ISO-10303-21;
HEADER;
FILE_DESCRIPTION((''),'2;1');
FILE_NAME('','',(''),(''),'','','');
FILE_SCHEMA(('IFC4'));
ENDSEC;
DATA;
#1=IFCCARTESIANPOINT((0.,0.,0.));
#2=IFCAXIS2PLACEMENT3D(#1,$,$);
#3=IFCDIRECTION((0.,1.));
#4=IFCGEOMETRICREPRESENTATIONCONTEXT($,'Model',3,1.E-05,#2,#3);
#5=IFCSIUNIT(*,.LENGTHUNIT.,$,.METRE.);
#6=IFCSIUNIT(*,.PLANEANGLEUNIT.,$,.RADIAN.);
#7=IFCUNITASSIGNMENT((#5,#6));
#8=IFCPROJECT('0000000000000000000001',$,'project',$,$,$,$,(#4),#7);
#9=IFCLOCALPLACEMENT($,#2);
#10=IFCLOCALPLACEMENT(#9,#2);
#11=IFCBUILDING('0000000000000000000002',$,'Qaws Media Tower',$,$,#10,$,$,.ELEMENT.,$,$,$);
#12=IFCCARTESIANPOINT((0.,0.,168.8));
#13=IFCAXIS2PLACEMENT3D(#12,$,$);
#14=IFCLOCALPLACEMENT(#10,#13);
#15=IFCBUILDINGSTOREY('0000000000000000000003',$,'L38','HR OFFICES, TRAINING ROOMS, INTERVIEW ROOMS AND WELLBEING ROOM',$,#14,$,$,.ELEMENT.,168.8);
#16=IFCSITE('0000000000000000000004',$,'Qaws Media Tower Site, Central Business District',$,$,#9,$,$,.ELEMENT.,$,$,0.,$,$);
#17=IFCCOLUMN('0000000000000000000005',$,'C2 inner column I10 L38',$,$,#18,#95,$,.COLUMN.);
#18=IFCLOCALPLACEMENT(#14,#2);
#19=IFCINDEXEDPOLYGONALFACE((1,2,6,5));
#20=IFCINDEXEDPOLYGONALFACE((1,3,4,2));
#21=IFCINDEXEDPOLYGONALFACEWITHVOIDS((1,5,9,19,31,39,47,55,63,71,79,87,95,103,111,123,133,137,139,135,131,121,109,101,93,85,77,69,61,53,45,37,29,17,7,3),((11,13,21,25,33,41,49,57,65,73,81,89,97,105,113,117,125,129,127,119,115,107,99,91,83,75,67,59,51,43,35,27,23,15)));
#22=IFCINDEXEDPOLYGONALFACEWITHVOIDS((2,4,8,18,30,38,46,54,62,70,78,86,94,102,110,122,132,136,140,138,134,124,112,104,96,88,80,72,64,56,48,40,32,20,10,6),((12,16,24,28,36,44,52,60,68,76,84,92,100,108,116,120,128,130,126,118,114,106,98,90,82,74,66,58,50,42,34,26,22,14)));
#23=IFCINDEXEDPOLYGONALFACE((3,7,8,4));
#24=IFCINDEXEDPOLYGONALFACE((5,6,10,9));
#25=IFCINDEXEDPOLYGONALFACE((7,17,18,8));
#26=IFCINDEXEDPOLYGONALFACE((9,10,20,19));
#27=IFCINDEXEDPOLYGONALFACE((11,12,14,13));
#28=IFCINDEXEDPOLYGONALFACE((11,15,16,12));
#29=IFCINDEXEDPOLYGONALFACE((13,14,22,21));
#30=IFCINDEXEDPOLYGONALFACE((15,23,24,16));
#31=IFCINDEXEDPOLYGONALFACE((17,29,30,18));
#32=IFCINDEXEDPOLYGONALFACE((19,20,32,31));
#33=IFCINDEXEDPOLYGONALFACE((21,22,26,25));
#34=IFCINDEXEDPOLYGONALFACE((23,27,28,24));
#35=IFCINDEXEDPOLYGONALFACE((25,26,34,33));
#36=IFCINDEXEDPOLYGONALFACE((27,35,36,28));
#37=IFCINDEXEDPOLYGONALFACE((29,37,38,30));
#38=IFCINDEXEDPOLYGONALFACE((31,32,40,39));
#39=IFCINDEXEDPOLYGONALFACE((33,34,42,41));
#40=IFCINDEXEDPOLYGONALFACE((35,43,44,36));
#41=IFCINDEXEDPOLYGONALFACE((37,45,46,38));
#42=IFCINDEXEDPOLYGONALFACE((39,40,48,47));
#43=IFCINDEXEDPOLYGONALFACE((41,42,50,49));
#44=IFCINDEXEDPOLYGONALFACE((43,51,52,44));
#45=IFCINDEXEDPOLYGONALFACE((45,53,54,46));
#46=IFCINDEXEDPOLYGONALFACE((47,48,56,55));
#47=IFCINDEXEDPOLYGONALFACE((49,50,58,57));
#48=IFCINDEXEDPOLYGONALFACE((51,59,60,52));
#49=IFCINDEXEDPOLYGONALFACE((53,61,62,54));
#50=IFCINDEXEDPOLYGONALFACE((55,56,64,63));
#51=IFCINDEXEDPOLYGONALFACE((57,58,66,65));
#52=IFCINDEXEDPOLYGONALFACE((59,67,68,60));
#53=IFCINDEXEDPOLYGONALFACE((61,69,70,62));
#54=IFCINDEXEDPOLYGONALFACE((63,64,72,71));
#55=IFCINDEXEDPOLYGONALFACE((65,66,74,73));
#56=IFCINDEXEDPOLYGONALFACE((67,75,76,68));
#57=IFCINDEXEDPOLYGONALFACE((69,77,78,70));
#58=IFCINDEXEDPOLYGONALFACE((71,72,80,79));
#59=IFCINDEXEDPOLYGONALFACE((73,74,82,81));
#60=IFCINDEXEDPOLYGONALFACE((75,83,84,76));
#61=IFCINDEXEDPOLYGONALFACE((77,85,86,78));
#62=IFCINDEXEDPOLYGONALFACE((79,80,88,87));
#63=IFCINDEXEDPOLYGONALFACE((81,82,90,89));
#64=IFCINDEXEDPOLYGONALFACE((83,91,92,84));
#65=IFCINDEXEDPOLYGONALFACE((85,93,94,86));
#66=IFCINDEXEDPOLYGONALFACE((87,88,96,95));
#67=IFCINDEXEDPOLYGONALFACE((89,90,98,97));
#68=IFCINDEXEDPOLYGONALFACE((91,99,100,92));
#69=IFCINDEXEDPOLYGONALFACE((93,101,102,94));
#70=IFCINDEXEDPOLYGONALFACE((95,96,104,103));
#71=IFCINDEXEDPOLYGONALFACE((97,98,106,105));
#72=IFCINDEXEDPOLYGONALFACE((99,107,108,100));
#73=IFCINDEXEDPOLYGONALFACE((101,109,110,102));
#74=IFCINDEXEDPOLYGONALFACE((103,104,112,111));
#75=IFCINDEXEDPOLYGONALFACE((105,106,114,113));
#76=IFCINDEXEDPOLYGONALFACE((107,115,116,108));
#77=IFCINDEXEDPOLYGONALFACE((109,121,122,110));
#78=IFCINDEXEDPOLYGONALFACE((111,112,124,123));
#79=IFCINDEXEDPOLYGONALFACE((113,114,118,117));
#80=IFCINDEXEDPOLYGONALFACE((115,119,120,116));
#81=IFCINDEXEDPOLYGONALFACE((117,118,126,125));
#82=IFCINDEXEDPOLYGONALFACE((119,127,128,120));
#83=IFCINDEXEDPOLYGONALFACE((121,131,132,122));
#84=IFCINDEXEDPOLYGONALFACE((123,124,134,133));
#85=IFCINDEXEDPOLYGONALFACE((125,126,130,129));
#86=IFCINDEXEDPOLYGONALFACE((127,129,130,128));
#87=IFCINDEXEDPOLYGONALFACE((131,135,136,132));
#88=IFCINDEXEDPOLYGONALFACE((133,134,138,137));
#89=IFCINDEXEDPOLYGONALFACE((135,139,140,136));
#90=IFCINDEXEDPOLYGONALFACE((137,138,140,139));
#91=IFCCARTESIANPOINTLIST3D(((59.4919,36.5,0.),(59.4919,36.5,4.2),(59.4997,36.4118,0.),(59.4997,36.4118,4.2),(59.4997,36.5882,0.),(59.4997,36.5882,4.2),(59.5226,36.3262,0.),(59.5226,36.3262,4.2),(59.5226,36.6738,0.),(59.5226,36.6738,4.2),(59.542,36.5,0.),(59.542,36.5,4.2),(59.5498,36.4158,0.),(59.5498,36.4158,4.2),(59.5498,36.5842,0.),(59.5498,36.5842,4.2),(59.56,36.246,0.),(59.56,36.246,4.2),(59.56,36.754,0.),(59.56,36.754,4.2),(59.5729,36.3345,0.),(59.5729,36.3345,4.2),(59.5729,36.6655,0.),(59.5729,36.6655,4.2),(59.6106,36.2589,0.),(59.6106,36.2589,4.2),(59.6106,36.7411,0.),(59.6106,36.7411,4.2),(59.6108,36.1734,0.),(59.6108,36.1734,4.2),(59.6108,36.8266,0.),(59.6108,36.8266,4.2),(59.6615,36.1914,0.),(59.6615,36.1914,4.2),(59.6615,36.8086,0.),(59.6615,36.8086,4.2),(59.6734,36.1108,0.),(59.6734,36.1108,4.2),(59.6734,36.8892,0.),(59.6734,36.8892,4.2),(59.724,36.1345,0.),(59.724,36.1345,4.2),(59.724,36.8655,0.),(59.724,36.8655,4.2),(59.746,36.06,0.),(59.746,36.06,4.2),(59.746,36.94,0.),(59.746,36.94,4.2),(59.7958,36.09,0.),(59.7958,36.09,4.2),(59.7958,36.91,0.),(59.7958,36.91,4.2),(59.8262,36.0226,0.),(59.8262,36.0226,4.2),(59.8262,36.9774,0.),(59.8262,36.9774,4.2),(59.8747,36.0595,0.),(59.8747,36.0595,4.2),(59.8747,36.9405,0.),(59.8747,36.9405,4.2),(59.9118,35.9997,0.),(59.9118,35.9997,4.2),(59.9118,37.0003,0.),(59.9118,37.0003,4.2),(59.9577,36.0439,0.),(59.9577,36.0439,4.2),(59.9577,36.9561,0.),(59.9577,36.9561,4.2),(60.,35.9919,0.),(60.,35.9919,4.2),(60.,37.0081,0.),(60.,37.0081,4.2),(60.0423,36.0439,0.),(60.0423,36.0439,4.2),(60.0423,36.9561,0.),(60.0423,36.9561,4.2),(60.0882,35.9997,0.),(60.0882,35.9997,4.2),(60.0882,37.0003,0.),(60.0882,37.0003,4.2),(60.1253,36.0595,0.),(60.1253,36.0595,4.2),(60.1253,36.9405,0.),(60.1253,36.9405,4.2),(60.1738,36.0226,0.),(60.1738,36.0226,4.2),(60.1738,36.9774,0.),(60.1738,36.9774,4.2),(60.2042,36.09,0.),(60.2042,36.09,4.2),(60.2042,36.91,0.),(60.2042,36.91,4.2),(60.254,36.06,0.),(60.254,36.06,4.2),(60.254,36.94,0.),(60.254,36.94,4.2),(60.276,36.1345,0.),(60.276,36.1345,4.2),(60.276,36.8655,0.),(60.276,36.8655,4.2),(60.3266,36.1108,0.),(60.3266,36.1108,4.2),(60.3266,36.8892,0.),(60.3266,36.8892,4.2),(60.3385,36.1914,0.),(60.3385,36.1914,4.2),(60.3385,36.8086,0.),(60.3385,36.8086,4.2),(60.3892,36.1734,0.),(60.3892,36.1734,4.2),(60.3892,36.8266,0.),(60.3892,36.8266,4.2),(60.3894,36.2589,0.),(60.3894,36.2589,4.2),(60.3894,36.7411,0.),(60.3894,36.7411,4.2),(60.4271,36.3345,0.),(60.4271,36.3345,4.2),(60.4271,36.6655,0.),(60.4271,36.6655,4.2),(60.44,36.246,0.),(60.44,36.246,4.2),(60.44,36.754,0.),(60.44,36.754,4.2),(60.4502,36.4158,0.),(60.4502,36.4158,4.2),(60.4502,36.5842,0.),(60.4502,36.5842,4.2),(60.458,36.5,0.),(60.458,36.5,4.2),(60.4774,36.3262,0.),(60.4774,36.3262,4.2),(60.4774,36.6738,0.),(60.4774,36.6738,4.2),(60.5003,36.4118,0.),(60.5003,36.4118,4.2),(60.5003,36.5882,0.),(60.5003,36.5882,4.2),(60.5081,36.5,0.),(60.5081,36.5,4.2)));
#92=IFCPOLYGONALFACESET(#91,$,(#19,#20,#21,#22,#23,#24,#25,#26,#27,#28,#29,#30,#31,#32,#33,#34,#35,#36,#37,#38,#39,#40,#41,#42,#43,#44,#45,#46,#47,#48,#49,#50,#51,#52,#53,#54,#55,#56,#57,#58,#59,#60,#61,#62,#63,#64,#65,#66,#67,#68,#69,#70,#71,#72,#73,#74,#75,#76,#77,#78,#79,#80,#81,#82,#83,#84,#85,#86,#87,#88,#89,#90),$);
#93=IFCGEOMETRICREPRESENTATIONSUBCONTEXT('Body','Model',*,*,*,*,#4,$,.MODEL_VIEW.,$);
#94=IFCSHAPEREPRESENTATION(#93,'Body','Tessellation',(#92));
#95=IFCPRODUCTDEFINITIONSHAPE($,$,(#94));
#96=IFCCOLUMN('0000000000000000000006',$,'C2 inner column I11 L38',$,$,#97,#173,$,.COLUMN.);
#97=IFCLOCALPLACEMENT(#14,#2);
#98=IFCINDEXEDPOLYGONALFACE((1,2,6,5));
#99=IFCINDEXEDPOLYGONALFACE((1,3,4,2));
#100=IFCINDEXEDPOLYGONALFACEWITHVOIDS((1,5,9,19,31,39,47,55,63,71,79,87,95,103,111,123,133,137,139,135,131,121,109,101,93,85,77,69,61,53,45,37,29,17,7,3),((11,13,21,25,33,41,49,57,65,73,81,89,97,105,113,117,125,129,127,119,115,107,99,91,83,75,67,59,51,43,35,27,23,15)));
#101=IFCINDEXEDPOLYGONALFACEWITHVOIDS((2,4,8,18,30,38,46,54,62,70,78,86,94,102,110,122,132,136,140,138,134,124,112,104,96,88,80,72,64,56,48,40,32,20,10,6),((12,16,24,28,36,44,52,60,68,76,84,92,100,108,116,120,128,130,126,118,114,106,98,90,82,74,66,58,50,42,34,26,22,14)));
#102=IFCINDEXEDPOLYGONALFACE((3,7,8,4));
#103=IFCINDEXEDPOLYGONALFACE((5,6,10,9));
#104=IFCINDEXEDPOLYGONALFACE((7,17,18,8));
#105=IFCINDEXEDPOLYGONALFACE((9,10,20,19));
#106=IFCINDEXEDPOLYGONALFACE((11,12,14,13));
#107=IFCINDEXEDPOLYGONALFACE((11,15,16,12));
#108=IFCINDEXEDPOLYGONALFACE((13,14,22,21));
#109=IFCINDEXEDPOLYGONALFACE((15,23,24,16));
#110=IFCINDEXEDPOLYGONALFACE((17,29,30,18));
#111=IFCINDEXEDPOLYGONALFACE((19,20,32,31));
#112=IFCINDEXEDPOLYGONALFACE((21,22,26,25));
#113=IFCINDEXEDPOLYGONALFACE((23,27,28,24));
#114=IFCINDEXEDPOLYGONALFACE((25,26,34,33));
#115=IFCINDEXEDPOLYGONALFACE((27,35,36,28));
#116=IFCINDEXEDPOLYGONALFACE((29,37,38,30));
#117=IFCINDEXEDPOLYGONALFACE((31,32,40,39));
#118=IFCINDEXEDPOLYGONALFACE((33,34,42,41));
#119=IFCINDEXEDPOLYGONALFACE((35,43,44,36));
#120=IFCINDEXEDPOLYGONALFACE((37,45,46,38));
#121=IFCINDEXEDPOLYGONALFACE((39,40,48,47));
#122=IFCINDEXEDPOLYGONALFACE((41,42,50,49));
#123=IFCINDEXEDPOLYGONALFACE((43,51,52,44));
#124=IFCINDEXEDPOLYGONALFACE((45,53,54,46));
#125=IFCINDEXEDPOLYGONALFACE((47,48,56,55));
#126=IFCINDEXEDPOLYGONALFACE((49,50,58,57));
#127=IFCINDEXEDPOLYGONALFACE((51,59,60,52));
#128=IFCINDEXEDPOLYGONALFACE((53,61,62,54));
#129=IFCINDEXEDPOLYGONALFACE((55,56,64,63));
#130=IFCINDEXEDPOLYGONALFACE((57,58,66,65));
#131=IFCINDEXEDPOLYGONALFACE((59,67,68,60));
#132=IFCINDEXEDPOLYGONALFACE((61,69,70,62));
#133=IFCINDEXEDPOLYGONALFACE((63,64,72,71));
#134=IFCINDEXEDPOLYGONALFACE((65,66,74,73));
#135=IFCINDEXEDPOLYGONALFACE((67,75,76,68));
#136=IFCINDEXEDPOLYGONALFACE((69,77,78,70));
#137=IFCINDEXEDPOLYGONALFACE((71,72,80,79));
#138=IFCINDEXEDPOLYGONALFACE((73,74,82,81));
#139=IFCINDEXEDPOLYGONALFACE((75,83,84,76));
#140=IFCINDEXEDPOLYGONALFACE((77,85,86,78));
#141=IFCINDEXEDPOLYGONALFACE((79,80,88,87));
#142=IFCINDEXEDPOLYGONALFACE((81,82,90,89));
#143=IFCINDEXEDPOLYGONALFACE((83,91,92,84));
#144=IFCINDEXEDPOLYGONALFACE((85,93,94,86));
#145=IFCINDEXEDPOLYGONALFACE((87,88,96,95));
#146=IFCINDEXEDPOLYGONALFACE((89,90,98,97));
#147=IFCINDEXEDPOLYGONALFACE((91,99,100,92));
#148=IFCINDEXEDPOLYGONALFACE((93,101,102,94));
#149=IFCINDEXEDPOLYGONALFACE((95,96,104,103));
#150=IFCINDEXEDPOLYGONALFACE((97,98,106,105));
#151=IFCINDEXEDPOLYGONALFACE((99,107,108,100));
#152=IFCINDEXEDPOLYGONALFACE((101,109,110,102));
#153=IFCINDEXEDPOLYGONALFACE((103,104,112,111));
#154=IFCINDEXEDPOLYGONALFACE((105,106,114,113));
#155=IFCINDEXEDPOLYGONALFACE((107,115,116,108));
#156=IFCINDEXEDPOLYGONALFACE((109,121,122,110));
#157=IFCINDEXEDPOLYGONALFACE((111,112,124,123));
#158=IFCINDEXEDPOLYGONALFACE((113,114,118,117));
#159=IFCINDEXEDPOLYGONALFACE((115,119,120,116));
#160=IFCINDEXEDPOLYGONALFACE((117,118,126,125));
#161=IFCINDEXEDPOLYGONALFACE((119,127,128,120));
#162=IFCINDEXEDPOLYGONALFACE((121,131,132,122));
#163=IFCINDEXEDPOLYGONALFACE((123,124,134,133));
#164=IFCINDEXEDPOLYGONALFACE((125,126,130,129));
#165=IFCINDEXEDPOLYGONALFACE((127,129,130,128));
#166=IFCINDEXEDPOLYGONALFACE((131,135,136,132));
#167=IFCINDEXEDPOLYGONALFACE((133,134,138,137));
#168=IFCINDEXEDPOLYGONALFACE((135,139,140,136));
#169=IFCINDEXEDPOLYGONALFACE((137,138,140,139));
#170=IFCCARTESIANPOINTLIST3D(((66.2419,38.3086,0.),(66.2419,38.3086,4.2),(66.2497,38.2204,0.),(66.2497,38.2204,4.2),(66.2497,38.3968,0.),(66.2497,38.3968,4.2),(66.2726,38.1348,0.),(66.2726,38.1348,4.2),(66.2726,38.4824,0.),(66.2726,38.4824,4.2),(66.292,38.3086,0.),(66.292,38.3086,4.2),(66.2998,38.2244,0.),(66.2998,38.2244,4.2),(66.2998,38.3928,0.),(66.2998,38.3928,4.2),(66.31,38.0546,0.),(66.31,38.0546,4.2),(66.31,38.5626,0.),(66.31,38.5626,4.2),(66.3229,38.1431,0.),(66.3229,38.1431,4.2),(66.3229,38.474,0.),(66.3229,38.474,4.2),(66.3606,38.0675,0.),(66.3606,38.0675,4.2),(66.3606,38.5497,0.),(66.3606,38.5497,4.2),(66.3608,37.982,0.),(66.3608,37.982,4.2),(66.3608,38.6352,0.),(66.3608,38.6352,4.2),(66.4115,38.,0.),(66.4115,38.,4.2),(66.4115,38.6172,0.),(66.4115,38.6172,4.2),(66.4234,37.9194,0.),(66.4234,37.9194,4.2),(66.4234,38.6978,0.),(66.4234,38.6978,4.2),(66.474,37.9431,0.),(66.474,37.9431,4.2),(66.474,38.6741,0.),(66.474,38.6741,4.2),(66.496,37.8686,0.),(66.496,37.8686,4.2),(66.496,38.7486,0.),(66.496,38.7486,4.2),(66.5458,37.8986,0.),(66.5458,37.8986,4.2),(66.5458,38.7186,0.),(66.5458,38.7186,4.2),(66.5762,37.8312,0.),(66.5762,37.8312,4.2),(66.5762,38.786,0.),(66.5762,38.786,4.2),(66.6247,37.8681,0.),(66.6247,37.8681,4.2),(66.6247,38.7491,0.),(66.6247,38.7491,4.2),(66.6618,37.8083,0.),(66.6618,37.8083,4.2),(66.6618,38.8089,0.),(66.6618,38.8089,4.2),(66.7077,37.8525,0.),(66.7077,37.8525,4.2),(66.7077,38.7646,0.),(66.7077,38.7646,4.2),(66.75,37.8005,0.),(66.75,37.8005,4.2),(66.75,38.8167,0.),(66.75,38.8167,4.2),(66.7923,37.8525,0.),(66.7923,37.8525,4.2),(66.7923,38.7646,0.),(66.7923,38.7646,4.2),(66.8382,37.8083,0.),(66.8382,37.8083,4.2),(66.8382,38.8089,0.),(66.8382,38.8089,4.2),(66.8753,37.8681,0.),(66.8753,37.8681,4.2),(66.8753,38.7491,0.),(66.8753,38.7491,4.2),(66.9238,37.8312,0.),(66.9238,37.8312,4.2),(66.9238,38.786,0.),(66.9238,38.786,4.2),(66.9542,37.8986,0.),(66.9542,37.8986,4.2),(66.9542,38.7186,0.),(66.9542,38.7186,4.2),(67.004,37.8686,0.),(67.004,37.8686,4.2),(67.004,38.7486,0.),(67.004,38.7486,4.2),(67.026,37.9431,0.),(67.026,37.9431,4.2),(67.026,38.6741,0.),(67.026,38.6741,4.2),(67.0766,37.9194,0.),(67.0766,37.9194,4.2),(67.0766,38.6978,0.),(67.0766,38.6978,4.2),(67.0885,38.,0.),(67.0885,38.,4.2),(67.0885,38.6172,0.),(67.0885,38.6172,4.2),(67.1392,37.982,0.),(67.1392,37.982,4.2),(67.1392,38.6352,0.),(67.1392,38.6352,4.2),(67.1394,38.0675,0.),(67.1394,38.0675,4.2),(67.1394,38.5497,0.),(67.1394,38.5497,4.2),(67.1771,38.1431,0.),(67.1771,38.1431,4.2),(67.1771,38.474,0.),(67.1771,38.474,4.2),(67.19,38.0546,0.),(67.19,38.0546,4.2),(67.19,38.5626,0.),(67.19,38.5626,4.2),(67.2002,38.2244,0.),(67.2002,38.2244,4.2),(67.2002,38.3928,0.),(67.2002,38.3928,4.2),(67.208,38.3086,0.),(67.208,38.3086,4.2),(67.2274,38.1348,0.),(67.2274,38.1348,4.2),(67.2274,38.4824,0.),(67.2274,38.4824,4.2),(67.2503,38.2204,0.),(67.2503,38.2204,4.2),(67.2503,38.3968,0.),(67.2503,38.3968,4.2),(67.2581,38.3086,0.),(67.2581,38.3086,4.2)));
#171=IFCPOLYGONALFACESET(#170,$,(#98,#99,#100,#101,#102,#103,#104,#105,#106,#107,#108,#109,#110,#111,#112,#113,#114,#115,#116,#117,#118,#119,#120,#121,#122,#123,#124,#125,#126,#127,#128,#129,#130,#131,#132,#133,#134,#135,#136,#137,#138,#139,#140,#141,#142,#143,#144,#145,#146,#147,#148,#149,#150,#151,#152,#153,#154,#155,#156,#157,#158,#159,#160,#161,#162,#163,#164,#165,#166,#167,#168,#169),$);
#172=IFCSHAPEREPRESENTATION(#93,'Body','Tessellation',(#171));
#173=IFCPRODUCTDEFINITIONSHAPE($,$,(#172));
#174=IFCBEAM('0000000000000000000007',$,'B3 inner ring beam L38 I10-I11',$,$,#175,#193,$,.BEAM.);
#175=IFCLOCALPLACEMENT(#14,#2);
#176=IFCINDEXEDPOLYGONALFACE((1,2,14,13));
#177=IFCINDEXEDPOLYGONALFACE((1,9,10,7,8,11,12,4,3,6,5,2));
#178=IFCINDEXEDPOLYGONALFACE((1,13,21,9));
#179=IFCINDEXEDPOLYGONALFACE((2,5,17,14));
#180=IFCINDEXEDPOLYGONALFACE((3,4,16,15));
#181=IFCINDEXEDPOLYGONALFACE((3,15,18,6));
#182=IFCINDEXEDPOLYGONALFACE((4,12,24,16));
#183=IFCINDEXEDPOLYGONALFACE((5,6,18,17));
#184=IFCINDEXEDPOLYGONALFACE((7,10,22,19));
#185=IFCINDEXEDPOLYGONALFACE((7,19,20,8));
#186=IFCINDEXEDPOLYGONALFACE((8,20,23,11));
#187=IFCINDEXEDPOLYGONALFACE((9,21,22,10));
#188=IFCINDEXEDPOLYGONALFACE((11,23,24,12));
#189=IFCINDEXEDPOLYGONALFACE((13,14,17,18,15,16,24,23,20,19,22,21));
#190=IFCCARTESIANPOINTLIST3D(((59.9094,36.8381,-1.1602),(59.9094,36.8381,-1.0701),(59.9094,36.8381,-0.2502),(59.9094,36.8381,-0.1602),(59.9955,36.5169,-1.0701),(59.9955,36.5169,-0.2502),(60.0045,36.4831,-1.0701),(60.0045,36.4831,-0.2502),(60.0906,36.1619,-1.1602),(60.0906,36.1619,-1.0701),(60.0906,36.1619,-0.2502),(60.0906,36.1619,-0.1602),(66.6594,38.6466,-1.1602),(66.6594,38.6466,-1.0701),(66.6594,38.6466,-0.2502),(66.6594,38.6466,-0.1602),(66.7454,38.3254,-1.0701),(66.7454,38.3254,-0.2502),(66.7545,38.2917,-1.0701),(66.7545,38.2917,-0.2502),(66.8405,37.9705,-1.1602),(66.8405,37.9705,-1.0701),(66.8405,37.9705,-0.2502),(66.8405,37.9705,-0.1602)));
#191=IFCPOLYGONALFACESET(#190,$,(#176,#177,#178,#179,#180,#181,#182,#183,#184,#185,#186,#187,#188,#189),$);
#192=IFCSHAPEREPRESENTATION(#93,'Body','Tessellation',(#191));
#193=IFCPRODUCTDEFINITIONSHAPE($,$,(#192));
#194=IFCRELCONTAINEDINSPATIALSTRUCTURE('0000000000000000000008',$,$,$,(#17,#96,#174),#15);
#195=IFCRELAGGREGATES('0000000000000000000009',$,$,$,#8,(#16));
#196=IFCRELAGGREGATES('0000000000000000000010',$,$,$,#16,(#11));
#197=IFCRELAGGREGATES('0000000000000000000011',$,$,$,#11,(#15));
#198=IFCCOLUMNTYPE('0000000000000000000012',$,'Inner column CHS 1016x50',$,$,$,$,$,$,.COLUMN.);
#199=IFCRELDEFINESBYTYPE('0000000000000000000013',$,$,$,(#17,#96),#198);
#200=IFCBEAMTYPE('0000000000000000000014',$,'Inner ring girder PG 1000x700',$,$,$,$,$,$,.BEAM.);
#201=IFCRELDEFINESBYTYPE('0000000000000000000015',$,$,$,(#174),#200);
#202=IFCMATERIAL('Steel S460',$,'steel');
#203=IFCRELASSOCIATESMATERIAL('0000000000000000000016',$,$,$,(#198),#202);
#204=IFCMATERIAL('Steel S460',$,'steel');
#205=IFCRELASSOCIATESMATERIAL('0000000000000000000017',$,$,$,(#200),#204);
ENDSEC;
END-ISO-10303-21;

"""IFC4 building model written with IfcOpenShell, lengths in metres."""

from ifc_helpers import new_model, si_unit, direction, frame, origin, origin_2d, place, context, subcontext, project, spatial, hollow_circle, i_section, extrude, material, material_profile, profile_set, type_object, element, save


model = new_model("IFC4")

# Units and contexts
model_context = context("Model", 3, precision=1e-05, world=origin(), true_north=direction((0.0, 1.0)))
body_context = subcontext(model_context, "Body", "Model", "MODEL_VIEW")
ifc_project = project(units=[si_unit("LENGTHUNIT", "METRE"), si_unit("PLANEANGLEUNIT", "RADIAN")], contexts=[model_context])

# Site, building, storey
site_placement = place(None, origin())
site = spatial("IfcSite", under=ifc_project, at=site_placement, Name="Qaws Media Tower Site, Central Business District", CompositionType="ELEMENT", RefElevation=0.0)
building_placement = place(site_placement, origin())
building = spatial("IfcBuilding", under=site, at=building_placement, Name="Qaws Media Tower", CompositionType="ELEMENT")
storey_placement = place(building_placement, frame((0.0, 0.0, 168.8)))
storey = spatial("IfcBuildingStorey", under=building, at=storey_placement, Name="L38", Description="HR OFFICES, TRAINING ROOMS, INTERVIEW ROOMS AND WELLBEING ROOM", CompositionType="ELEMENT", Elevation=168.8)

# Columns
ifc_material_1 = material(Name="Steel S460", Category="steel")
ifc_material_profile_1 = material_profile(ifc_material_1, hollow_circle(Radius=0.5081, WallThickness=0.05, at=origin_2d()), Name="CHS 1016x50")
ifc_profile_set_1 = profile_set([ifc_material_profile_1], Name="Steel S460")
column_type = type_object("IfcColumnType", Name="Inner column CHS 1016x50", PredefinedType="COLUMN", material=ifc_profile_set_1)
for number, where, z_axis, x_axis, name in (
    (1, (60.0, 36.5, 0.0), (0.0, 0.0, 1.0), (1.0, 0.0, 0.0), "C2 inner column I10 L38"),
    (2, (66.75, 38.3086, 0.0), (0.0, 0.0, 1.0), (1.0, 0.0, 0.0), "C2 inner column I11 L38"),
):
    element("IfcColumn", number, at=place(storey_placement, frame(where, z_axis=z_axis, x_axis=x_axis)), inside=storey, type_object=column_type, Name=name, PredefinedType="COLUMN", context=body_context, shape_type="SweptSolid", body=[
        extrude(hollow_circle(Radius=0.5081, WallThickness=0.05, at=origin_2d()), origin(), (0.0, 0.0, 1.0), 4.2),
    ])

# Beam
ifc_material_2 = material(Name="Steel S460", Category="steel")
ifc_material_profile_2 = material_profile(ifc_material_2, i_section(OverallWidth=0.7, OverallDepth=1.0, WebThickness=0.0349, FlangeThickness=0.0901, at=origin_2d()), Name="PG 1000x700")
ifc_profile_set_2 = profile_set([ifc_material_profile_2], Name="Steel S460")
beam_type_1 = type_object("IfcBeamType", Name="Inner ring girder PG 1000x700", PredefinedType="BEAM", material=ifc_profile_set_2)
beam_1_placement = place(storey_placement, frame((60.0, 36.5, -0.6602), z_axis=(0.965928, 0.258811, 0.0), x_axis=(-0.258811, 0.965928, 0.0)))
element("IfcBeam", 3, at=beam_1_placement, inside=storey, type_object=beam_type_1, Name="B3 inner ring beam L38 I10-I11", PredefinedType="BEAM", context=body_context, shape_type="SweptSolid", body=[
    extrude(i_section(OverallWidth=0.7, OverallDepth=1.0, WebThickness=0.0349, FlangeThickness=0.0901, at=origin_2d()), origin(), (0.0, 0.0, 1.0), 6.988),
])

save(model, "model.ifc")
